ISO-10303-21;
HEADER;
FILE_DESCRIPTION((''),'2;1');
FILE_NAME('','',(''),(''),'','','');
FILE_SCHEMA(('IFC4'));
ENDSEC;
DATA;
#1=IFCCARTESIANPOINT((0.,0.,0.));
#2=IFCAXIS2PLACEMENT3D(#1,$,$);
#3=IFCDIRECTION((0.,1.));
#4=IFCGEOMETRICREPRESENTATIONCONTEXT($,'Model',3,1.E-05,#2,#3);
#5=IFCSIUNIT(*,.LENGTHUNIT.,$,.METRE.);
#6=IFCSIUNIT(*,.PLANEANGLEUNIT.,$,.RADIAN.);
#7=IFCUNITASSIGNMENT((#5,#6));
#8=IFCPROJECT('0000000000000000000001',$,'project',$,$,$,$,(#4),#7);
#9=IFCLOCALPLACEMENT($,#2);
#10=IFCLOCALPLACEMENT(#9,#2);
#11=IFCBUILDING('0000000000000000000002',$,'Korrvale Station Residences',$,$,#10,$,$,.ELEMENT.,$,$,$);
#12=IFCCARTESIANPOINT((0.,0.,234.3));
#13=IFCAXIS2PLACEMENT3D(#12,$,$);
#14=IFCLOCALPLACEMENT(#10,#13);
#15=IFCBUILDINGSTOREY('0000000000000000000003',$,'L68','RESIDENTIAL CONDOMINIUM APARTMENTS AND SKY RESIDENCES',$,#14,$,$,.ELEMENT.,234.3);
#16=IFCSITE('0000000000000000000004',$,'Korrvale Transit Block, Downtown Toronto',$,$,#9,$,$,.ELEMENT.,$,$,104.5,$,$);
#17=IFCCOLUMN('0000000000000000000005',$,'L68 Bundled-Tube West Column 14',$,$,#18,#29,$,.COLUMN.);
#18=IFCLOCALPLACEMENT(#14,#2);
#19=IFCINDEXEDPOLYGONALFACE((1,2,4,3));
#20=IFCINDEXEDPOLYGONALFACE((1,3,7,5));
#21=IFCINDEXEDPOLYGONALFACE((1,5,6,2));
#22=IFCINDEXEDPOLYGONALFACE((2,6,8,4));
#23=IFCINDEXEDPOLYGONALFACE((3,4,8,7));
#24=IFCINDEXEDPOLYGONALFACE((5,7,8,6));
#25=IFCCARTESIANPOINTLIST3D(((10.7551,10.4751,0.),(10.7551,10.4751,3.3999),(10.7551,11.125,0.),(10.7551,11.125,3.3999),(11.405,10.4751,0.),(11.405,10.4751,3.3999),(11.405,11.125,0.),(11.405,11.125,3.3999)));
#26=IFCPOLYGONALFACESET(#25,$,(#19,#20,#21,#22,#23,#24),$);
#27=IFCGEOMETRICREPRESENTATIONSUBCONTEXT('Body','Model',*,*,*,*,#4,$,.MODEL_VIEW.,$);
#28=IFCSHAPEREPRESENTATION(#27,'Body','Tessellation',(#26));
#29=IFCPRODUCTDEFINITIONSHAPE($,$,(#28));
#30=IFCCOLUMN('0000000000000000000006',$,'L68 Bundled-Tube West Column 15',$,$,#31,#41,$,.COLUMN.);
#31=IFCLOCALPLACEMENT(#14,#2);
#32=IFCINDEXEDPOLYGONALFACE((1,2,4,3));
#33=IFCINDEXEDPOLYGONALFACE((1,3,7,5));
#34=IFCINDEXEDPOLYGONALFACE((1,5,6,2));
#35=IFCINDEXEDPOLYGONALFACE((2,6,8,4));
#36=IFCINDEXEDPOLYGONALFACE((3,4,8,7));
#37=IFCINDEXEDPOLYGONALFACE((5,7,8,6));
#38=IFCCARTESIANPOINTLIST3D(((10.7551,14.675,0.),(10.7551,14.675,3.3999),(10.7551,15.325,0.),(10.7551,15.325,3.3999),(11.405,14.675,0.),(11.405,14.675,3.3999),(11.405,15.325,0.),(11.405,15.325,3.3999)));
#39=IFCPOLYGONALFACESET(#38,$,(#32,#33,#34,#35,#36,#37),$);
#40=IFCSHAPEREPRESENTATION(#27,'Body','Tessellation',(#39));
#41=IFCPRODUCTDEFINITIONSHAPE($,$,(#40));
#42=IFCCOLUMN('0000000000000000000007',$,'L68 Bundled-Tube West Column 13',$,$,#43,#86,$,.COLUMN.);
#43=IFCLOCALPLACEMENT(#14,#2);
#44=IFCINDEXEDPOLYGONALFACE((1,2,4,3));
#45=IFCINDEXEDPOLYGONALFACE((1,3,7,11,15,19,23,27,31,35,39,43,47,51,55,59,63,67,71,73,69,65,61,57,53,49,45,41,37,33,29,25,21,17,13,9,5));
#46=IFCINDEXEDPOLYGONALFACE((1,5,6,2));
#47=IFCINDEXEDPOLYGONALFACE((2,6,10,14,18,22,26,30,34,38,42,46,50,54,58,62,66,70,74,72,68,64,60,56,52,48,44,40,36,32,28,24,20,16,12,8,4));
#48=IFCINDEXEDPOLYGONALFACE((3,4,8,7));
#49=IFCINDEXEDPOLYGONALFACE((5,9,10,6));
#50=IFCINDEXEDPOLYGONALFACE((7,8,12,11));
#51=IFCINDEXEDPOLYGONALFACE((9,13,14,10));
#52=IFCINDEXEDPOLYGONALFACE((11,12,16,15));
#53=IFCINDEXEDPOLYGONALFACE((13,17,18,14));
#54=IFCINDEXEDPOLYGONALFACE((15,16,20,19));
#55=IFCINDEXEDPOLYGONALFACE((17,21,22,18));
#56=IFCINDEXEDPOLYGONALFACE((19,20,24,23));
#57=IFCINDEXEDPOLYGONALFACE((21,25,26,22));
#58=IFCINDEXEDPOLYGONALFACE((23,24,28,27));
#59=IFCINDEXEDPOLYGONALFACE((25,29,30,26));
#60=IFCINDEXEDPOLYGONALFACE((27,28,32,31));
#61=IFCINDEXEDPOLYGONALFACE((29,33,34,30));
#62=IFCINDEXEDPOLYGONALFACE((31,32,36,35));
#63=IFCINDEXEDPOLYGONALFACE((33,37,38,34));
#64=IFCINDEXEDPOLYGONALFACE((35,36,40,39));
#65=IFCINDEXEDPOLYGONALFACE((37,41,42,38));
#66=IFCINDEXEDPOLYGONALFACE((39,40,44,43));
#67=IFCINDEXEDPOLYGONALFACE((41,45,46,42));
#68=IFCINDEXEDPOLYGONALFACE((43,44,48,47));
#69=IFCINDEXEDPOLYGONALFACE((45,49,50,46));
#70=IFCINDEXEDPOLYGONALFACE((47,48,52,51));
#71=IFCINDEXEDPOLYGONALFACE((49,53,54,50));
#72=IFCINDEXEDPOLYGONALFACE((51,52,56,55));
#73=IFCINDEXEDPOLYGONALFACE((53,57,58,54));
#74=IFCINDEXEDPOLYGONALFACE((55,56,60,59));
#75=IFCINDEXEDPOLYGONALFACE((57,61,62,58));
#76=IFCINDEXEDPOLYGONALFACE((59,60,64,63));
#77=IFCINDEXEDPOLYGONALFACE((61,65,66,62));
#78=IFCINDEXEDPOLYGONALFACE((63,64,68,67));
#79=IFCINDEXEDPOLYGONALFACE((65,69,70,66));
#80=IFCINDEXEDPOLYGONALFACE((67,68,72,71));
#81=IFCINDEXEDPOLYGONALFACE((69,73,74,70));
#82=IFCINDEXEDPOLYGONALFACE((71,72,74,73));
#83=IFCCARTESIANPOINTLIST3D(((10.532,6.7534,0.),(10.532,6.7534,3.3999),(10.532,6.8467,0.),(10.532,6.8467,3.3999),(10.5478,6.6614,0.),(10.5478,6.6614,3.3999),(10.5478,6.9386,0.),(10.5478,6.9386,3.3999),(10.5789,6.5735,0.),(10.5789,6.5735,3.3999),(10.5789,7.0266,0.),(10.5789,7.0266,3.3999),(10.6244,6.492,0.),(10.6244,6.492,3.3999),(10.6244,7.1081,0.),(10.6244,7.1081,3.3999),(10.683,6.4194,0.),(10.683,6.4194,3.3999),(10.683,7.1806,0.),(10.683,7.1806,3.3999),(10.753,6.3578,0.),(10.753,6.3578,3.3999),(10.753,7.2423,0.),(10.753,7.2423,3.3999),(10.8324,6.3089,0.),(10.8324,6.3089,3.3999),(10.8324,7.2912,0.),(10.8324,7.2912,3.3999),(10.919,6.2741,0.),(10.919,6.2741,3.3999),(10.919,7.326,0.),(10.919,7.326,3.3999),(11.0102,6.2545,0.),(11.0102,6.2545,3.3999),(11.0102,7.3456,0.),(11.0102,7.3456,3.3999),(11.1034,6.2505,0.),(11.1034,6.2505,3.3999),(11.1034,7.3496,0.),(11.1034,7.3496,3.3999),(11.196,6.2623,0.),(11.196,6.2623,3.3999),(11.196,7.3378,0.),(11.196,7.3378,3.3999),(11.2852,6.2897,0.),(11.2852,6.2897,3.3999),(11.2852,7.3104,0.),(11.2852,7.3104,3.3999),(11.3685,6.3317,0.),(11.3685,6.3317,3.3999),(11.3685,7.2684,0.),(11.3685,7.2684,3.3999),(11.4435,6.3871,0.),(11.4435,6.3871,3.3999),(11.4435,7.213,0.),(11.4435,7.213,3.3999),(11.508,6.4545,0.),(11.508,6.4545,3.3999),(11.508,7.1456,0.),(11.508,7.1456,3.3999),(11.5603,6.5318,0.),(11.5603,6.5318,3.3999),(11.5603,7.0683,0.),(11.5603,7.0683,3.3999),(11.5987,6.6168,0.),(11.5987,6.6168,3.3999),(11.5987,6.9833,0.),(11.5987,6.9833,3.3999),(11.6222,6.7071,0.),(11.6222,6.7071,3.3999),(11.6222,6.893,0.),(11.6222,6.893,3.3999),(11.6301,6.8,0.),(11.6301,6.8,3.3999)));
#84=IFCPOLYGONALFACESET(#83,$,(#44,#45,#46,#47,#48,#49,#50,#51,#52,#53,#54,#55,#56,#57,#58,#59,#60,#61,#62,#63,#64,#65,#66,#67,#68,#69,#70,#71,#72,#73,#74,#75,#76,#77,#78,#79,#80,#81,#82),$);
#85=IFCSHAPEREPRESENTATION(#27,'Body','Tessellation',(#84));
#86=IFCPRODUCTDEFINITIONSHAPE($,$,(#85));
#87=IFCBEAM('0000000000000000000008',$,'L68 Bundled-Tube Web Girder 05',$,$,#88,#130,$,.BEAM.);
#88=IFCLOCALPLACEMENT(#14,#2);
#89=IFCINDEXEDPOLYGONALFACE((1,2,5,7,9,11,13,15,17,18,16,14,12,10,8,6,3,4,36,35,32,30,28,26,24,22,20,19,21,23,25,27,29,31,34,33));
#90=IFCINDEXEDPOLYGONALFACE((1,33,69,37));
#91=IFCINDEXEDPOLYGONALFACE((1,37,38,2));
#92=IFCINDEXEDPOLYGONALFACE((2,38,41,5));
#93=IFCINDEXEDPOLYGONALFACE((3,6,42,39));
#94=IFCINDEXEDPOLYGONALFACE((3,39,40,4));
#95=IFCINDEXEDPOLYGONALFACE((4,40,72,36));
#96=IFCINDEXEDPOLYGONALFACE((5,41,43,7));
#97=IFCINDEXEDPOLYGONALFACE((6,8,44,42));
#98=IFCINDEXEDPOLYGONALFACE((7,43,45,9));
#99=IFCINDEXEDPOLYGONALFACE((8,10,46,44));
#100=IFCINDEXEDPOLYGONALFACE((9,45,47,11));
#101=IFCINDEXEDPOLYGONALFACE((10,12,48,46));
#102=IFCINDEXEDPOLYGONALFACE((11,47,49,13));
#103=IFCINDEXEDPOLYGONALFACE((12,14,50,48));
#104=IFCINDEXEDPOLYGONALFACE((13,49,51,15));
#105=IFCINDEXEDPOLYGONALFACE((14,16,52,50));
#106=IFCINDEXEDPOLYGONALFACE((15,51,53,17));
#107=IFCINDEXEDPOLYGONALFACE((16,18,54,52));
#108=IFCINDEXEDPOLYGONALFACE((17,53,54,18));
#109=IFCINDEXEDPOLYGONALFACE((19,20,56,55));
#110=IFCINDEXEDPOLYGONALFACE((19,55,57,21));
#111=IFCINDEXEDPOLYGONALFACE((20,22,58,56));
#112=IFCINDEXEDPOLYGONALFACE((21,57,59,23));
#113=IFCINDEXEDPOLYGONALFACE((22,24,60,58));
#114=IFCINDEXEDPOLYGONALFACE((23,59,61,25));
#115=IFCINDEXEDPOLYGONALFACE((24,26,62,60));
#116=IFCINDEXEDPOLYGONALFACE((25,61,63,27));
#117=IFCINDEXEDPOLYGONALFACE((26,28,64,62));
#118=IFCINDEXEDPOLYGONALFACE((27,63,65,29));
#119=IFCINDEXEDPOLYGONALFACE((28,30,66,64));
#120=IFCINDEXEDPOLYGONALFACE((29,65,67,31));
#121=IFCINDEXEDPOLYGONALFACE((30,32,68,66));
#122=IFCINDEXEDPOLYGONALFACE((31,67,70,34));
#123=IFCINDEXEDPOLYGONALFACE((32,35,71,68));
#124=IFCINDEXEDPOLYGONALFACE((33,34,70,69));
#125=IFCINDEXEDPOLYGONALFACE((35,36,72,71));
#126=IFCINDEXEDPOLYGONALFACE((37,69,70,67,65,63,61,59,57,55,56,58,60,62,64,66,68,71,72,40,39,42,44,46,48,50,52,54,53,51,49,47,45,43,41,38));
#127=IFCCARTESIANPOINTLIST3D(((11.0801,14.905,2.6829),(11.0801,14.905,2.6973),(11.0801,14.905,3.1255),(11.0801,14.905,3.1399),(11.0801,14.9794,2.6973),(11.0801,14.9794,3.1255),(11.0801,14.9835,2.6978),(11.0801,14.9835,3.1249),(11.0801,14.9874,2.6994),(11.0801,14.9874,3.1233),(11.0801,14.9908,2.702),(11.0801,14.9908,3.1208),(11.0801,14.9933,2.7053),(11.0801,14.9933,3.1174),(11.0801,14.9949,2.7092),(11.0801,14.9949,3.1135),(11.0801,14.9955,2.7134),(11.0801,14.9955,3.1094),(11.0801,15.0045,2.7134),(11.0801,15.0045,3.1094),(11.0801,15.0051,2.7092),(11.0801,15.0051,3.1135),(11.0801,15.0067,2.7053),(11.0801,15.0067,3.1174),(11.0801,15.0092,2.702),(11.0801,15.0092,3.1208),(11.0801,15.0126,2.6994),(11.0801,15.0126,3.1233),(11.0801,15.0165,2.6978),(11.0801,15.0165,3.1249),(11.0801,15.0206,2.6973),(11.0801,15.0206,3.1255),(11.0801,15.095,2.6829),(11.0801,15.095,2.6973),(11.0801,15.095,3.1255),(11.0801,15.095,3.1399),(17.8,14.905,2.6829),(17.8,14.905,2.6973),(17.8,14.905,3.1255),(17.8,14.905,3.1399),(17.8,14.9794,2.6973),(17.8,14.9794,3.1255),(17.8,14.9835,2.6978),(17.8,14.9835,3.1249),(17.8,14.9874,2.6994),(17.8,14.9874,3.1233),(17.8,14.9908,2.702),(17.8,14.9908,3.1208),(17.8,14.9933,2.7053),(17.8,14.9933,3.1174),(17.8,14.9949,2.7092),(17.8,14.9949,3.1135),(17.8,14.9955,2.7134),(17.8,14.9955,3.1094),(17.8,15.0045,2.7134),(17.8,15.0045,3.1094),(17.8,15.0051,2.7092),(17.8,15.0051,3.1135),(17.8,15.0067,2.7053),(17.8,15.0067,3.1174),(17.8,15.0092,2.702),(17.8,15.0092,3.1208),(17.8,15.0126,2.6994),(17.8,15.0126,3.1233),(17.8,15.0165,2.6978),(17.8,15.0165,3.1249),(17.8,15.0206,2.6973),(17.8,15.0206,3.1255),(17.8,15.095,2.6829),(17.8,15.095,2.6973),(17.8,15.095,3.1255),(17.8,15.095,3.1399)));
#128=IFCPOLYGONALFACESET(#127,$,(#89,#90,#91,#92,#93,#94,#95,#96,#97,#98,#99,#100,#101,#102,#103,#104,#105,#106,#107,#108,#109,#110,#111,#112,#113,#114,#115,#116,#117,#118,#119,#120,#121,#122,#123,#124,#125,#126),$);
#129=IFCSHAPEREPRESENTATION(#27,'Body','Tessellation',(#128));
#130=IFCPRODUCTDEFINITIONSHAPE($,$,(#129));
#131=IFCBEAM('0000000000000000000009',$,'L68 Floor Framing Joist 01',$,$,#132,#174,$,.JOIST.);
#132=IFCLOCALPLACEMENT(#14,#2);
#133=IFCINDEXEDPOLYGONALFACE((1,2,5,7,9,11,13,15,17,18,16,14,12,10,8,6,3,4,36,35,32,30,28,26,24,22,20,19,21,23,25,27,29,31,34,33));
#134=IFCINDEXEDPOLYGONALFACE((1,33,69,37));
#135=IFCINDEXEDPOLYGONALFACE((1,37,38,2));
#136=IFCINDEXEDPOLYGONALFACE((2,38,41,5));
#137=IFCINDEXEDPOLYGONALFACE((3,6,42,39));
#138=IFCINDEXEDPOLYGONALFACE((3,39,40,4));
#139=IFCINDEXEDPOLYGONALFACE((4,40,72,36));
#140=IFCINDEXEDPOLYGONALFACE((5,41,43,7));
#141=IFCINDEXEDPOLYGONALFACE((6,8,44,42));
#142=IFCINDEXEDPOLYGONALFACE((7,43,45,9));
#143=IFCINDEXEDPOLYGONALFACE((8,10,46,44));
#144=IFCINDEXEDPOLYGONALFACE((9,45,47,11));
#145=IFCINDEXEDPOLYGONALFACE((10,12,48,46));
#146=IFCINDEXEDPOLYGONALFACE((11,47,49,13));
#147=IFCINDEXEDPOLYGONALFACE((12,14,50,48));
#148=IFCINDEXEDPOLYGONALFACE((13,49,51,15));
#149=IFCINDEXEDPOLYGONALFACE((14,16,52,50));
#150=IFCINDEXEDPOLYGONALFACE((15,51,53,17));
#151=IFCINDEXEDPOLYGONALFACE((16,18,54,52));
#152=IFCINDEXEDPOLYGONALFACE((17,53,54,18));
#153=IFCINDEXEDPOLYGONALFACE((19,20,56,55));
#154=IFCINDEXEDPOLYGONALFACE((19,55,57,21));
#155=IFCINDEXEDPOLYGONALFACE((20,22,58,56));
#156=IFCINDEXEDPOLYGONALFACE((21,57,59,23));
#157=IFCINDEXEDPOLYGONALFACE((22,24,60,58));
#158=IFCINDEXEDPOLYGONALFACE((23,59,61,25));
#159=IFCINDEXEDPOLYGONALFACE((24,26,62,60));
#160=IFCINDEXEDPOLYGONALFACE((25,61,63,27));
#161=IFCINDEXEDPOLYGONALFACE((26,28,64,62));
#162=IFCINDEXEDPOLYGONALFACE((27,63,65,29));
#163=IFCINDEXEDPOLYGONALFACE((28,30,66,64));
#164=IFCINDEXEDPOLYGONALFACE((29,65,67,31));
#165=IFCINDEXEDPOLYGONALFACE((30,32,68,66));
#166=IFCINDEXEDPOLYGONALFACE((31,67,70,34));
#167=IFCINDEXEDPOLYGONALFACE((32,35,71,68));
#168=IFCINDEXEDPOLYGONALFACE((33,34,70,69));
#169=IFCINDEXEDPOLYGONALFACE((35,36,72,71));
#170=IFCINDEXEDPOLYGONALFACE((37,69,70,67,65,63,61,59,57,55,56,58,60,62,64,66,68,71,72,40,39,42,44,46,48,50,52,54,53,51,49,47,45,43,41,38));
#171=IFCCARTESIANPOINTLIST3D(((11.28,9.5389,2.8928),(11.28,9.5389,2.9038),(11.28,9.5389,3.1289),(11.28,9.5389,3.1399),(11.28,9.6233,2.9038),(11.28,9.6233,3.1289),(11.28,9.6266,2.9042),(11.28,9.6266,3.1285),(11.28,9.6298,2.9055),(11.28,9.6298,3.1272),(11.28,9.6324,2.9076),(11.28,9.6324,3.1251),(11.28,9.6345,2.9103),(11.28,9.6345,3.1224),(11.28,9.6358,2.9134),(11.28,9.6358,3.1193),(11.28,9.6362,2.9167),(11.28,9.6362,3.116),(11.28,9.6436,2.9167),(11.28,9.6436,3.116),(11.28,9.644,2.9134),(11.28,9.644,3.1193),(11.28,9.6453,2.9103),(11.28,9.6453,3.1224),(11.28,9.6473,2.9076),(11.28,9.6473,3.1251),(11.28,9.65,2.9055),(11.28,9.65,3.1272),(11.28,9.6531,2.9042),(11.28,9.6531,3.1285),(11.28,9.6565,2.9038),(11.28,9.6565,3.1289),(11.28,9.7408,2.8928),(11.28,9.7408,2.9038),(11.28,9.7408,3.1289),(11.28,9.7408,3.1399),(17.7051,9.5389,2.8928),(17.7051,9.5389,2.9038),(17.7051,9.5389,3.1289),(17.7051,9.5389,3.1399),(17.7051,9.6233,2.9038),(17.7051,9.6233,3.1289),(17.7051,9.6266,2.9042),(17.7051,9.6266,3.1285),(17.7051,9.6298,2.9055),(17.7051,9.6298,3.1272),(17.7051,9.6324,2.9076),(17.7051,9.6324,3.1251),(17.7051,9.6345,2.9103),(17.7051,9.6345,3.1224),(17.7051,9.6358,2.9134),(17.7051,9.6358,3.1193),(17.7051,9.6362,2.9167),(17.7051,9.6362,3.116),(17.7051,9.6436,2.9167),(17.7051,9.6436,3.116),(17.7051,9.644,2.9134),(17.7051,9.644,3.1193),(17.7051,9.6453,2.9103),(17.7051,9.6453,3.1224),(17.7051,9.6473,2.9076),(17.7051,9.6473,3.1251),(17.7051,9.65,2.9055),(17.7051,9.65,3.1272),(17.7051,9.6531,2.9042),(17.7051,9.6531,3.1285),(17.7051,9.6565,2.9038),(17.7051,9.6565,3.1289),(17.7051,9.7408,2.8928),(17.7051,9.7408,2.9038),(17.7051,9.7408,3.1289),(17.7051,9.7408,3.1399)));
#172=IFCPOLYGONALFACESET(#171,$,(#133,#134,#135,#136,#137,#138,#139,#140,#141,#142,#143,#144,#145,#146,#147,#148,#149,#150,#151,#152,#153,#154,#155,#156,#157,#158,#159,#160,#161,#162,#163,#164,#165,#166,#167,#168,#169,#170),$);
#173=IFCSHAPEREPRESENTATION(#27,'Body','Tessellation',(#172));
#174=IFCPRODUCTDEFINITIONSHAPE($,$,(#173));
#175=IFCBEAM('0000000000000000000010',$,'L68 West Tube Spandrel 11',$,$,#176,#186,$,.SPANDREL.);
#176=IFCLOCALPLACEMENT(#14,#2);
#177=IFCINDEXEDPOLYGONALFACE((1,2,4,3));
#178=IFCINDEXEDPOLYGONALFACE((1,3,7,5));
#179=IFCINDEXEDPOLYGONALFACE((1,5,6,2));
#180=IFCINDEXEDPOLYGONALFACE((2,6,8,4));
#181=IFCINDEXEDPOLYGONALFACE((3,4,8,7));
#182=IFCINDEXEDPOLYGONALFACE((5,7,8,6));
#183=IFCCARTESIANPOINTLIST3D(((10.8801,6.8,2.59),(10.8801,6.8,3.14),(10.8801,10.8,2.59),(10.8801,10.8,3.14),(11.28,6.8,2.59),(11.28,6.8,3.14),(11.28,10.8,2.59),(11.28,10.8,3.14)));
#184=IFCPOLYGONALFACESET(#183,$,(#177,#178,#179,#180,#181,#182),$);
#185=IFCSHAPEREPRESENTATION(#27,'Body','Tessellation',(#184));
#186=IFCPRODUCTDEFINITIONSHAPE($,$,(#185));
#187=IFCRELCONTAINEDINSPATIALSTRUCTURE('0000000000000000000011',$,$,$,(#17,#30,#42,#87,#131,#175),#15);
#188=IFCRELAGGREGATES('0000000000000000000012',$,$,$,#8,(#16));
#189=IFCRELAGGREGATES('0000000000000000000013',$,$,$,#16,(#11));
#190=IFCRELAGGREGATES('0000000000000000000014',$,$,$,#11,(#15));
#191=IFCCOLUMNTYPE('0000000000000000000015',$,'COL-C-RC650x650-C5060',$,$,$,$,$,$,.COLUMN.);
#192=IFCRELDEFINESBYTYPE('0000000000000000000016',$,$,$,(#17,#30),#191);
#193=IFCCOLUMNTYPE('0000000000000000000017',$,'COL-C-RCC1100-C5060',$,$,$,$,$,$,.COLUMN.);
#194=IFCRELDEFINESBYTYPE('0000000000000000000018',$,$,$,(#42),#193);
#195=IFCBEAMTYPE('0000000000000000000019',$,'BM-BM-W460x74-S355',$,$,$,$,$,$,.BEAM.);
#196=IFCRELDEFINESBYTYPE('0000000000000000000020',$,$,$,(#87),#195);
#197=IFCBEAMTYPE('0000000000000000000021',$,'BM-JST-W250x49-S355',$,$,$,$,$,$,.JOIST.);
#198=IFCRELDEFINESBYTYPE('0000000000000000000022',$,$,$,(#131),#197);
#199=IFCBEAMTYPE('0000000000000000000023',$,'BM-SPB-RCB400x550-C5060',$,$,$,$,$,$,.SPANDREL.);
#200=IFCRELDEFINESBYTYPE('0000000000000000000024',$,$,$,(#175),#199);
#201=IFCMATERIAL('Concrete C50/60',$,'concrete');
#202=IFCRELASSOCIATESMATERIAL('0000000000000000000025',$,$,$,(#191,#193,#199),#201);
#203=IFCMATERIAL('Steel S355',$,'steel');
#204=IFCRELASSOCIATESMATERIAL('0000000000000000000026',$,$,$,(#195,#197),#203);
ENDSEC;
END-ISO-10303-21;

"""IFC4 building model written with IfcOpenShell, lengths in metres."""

from ifc_helpers import new_model, si_unit, direction, frame, origin, origin_2d, place, context, subcontext, project, spatial, rectangle, circle, i_section, extrude, material, material_profile, profile_set, type_object, element, save


model = new_model("IFC4")

# Units and contexts
model_context = context("Model", 3, precision=1e-05, world=origin(), true_north=direction((0.0, 1.0)))
body_context = subcontext(model_context, "Body", "Model", "MODEL_VIEW")
ifc_project = project(units=[si_unit("LENGTHUNIT", "METRE"), si_unit("PLANEANGLEUNIT", "RADIAN")], contexts=[model_context])

# Site, building, storey
site_placement = place(None, origin())
site = spatial("IfcSite", under=ifc_project, at=site_placement, Name="Korrvale Transit Block, Downtown Toronto", CompositionType="ELEMENT", RefElevation=104.5)
building_placement = place(site_placement, origin())
building = spatial("IfcBuilding", under=site, at=building_placement, Name="Korrvale Station Residences", CompositionType="ELEMENT")
storey_placement = place(building_placement, frame((0.0, 0.0, 234.3)))
storey = spatial("IfcBuildingStorey", under=building, at=storey_placement, Name="L68", Description="RESIDENTIAL CONDOMINIUM APARTMENTS AND SKY RESIDENCES", CompositionType="ELEMENT", Elevation=234.3)

# Columns
ifc_material_1 = material(Name="Concrete C50/60", Category="concrete")
ifc_material_profile_1 = material_profile(ifc_material_1, rectangle(XDim=0.6499, YDim=0.6499, at=origin_2d()), Name="RC650x650")
ifc_profile_set_1 = profile_set([ifc_material_profile_1], Name="Concrete C50/60")
column_type_1 = type_object("IfcColumnType", Name="COL-C-RC650x650-C5060", PredefinedType="COLUMN", material=ifc_profile_set_1)
for number, where, z_axis, x_axis, name in (
    (1, (11.0801, 10.8, 0.0), (0.0, 0.0, 1.0), (1.0, 0.0, 0.0), "L68 Bundled-Tube West Column 14"),
    (2, (11.0801, 15.0, 0.0), (0.0, 0.0, 1.0), (1.0, 0.0, 0.0), "L68 Bundled-Tube West Column 15"),
):
    element("IfcColumn", number, at=place(storey_placement, frame(where, z_axis=z_axis, x_axis=x_axis)), inside=storey, type_object=column_type_1, Name=name, PredefinedType="COLUMN", context=body_context, shape_type="SweptSolid", body=[
        extrude(rectangle(XDim=0.6499, YDim=0.6499, at=origin_2d()), origin(), (0.0, 0.0, 1.0), 3.3999),
    ])
ifc_material_profile_2 = material_profile(ifc_material_1, circle(Radius=0.55, at=origin_2d()), Name="RCC1100")
ifc_profile_set_2 = profile_set([ifc_material_profile_2], Name="Concrete C50/60")
column_type_2 = type_object("IfcColumnType", Name="COL-C-RCC1100-C5060", PredefinedType="COLUMN", material=ifc_profile_set_2)
column_placement = place(storey_placement, frame((11.0801, 6.8, 0.0), z_axis=(0.0, 0.0, 1.0), x_axis=(1.0, 0.0, 0.0)))
element("IfcColumn", 3, at=column_placement, inside=storey, type_object=column_type_2, Name="L68 Bundled-Tube West Column 13", PredefinedType="COLUMN", context=body_context, shape_type="SweptSolid", body=[
    extrude(circle(Radius=0.55, at=origin_2d()), origin(), (0.0, 0.0, 1.0), 3.3999),
])

# Beams
ifc_material_2 = material(Name="Steel S355", Category="steel")
ifc_material_profile_3 = material_profile(ifc_material_2, i_section(OverallWidth=0.1899, OverallDepth=0.457, WebThickness=0.009, FlangeThickness=0.0144, FilletRadius=0.0161, at=origin_2d()), Name="W460x74")
ifc_profile_set_3 = profile_set([ifc_material_profile_3], Name="Steel S355")
beam_type_1 = type_object("IfcBeamType", Name="BM-BM-W460x74-S355", PredefinedType="BEAM", material=ifc_profile_set_3)
beam_1_placement = place(storey_placement, frame((11.0801, 15.0, 2.9114), z_axis=(1.0, 0.0, 0.0), x_axis=(0.0, 1.0, 0.0)))
element("IfcBeam", 4, at=beam_1_placement, inside=storey, type_object=beam_type_1, Name="L68 Bundled-Tube Web Girder 05", PredefinedType="BEAM", context=body_context, shape_type="SweptSolid", body=[
    extrude(i_section(OverallWidth=0.1899, OverallDepth=0.457, WebThickness=0.009, FlangeThickness=0.0144, FilletRadius=0.0161, at=origin_2d()), origin(), (0.0, 0.0, 1.0), 6.72),
])
ifc_material_profile_4 = material_profile(ifc_material_2, i_section(OverallWidth=0.2019, OverallDepth=0.2471, WebThickness=0.0073, FlangeThickness=0.011, FilletRadius=0.0129, at=origin_2d()), Name="W250x49")
ifc_profile_set_4 = profile_set([ifc_material_profile_4], Name="Steel S355")
beam_type_2 = type_object("IfcBeamType", Name="BM-JST-W250x49-S355", PredefinedType="JOIST", material=ifc_profile_set_4)
beam_2_placement = place(storey_placement, frame((11.28, 9.6399, 3.0164), z_axis=(1.0, 0.0, 0.0), x_axis=(0.0, 1.0, 0.0)))
element("IfcBeam", 5, at=beam_2_placement, inside=storey, type_object=beam_type_2, Name="L68 Floor Framing Joist 01", PredefinedType="JOIST", context=body_context, shape_type="SweptSolid", body=[
    extrude(i_section(OverallWidth=0.2019, OverallDepth=0.2471, WebThickness=0.0073, FlangeThickness=0.011, FilletRadius=0.0129, at=origin_2d()), origin(), (0.0, 0.0, 1.0), 6.425),
])
ifc_material_profile_5 = material_profile(ifc_material_1, rectangle(XDim=0.3999, YDim=0.55, at=origin_2d()), Name="RCB400x550")
ifc_profile_set_5 = profile_set([ifc_material_profile_5], Name="Concrete C50/60")
beam_type_3 = type_object("IfcBeamType", Name="BM-SPB-RCB400x550-C5060", PredefinedType="SPANDREL", material=ifc_profile_set_5)
beam_3_placement = place(storey_placement, frame((11.0801, 6.8, 2.865), z_axis=(0.0, 1.0, 0.0), x_axis=(-1.0, 0.0, 0.0)))
element("IfcBeam", 6, at=beam_3_placement, inside=storey, type_object=beam_type_3, Name="L68 West Tube Spandrel 11", PredefinedType="SPANDREL", context=body_context, shape_type="SweptSolid", body=[
    extrude(rectangle(XDim=0.3999, YDim=0.55, at=origin_2d()), origin(), (0.0, 0.0, 1.0), 4.0),
])

save(model, "model.ifc")
